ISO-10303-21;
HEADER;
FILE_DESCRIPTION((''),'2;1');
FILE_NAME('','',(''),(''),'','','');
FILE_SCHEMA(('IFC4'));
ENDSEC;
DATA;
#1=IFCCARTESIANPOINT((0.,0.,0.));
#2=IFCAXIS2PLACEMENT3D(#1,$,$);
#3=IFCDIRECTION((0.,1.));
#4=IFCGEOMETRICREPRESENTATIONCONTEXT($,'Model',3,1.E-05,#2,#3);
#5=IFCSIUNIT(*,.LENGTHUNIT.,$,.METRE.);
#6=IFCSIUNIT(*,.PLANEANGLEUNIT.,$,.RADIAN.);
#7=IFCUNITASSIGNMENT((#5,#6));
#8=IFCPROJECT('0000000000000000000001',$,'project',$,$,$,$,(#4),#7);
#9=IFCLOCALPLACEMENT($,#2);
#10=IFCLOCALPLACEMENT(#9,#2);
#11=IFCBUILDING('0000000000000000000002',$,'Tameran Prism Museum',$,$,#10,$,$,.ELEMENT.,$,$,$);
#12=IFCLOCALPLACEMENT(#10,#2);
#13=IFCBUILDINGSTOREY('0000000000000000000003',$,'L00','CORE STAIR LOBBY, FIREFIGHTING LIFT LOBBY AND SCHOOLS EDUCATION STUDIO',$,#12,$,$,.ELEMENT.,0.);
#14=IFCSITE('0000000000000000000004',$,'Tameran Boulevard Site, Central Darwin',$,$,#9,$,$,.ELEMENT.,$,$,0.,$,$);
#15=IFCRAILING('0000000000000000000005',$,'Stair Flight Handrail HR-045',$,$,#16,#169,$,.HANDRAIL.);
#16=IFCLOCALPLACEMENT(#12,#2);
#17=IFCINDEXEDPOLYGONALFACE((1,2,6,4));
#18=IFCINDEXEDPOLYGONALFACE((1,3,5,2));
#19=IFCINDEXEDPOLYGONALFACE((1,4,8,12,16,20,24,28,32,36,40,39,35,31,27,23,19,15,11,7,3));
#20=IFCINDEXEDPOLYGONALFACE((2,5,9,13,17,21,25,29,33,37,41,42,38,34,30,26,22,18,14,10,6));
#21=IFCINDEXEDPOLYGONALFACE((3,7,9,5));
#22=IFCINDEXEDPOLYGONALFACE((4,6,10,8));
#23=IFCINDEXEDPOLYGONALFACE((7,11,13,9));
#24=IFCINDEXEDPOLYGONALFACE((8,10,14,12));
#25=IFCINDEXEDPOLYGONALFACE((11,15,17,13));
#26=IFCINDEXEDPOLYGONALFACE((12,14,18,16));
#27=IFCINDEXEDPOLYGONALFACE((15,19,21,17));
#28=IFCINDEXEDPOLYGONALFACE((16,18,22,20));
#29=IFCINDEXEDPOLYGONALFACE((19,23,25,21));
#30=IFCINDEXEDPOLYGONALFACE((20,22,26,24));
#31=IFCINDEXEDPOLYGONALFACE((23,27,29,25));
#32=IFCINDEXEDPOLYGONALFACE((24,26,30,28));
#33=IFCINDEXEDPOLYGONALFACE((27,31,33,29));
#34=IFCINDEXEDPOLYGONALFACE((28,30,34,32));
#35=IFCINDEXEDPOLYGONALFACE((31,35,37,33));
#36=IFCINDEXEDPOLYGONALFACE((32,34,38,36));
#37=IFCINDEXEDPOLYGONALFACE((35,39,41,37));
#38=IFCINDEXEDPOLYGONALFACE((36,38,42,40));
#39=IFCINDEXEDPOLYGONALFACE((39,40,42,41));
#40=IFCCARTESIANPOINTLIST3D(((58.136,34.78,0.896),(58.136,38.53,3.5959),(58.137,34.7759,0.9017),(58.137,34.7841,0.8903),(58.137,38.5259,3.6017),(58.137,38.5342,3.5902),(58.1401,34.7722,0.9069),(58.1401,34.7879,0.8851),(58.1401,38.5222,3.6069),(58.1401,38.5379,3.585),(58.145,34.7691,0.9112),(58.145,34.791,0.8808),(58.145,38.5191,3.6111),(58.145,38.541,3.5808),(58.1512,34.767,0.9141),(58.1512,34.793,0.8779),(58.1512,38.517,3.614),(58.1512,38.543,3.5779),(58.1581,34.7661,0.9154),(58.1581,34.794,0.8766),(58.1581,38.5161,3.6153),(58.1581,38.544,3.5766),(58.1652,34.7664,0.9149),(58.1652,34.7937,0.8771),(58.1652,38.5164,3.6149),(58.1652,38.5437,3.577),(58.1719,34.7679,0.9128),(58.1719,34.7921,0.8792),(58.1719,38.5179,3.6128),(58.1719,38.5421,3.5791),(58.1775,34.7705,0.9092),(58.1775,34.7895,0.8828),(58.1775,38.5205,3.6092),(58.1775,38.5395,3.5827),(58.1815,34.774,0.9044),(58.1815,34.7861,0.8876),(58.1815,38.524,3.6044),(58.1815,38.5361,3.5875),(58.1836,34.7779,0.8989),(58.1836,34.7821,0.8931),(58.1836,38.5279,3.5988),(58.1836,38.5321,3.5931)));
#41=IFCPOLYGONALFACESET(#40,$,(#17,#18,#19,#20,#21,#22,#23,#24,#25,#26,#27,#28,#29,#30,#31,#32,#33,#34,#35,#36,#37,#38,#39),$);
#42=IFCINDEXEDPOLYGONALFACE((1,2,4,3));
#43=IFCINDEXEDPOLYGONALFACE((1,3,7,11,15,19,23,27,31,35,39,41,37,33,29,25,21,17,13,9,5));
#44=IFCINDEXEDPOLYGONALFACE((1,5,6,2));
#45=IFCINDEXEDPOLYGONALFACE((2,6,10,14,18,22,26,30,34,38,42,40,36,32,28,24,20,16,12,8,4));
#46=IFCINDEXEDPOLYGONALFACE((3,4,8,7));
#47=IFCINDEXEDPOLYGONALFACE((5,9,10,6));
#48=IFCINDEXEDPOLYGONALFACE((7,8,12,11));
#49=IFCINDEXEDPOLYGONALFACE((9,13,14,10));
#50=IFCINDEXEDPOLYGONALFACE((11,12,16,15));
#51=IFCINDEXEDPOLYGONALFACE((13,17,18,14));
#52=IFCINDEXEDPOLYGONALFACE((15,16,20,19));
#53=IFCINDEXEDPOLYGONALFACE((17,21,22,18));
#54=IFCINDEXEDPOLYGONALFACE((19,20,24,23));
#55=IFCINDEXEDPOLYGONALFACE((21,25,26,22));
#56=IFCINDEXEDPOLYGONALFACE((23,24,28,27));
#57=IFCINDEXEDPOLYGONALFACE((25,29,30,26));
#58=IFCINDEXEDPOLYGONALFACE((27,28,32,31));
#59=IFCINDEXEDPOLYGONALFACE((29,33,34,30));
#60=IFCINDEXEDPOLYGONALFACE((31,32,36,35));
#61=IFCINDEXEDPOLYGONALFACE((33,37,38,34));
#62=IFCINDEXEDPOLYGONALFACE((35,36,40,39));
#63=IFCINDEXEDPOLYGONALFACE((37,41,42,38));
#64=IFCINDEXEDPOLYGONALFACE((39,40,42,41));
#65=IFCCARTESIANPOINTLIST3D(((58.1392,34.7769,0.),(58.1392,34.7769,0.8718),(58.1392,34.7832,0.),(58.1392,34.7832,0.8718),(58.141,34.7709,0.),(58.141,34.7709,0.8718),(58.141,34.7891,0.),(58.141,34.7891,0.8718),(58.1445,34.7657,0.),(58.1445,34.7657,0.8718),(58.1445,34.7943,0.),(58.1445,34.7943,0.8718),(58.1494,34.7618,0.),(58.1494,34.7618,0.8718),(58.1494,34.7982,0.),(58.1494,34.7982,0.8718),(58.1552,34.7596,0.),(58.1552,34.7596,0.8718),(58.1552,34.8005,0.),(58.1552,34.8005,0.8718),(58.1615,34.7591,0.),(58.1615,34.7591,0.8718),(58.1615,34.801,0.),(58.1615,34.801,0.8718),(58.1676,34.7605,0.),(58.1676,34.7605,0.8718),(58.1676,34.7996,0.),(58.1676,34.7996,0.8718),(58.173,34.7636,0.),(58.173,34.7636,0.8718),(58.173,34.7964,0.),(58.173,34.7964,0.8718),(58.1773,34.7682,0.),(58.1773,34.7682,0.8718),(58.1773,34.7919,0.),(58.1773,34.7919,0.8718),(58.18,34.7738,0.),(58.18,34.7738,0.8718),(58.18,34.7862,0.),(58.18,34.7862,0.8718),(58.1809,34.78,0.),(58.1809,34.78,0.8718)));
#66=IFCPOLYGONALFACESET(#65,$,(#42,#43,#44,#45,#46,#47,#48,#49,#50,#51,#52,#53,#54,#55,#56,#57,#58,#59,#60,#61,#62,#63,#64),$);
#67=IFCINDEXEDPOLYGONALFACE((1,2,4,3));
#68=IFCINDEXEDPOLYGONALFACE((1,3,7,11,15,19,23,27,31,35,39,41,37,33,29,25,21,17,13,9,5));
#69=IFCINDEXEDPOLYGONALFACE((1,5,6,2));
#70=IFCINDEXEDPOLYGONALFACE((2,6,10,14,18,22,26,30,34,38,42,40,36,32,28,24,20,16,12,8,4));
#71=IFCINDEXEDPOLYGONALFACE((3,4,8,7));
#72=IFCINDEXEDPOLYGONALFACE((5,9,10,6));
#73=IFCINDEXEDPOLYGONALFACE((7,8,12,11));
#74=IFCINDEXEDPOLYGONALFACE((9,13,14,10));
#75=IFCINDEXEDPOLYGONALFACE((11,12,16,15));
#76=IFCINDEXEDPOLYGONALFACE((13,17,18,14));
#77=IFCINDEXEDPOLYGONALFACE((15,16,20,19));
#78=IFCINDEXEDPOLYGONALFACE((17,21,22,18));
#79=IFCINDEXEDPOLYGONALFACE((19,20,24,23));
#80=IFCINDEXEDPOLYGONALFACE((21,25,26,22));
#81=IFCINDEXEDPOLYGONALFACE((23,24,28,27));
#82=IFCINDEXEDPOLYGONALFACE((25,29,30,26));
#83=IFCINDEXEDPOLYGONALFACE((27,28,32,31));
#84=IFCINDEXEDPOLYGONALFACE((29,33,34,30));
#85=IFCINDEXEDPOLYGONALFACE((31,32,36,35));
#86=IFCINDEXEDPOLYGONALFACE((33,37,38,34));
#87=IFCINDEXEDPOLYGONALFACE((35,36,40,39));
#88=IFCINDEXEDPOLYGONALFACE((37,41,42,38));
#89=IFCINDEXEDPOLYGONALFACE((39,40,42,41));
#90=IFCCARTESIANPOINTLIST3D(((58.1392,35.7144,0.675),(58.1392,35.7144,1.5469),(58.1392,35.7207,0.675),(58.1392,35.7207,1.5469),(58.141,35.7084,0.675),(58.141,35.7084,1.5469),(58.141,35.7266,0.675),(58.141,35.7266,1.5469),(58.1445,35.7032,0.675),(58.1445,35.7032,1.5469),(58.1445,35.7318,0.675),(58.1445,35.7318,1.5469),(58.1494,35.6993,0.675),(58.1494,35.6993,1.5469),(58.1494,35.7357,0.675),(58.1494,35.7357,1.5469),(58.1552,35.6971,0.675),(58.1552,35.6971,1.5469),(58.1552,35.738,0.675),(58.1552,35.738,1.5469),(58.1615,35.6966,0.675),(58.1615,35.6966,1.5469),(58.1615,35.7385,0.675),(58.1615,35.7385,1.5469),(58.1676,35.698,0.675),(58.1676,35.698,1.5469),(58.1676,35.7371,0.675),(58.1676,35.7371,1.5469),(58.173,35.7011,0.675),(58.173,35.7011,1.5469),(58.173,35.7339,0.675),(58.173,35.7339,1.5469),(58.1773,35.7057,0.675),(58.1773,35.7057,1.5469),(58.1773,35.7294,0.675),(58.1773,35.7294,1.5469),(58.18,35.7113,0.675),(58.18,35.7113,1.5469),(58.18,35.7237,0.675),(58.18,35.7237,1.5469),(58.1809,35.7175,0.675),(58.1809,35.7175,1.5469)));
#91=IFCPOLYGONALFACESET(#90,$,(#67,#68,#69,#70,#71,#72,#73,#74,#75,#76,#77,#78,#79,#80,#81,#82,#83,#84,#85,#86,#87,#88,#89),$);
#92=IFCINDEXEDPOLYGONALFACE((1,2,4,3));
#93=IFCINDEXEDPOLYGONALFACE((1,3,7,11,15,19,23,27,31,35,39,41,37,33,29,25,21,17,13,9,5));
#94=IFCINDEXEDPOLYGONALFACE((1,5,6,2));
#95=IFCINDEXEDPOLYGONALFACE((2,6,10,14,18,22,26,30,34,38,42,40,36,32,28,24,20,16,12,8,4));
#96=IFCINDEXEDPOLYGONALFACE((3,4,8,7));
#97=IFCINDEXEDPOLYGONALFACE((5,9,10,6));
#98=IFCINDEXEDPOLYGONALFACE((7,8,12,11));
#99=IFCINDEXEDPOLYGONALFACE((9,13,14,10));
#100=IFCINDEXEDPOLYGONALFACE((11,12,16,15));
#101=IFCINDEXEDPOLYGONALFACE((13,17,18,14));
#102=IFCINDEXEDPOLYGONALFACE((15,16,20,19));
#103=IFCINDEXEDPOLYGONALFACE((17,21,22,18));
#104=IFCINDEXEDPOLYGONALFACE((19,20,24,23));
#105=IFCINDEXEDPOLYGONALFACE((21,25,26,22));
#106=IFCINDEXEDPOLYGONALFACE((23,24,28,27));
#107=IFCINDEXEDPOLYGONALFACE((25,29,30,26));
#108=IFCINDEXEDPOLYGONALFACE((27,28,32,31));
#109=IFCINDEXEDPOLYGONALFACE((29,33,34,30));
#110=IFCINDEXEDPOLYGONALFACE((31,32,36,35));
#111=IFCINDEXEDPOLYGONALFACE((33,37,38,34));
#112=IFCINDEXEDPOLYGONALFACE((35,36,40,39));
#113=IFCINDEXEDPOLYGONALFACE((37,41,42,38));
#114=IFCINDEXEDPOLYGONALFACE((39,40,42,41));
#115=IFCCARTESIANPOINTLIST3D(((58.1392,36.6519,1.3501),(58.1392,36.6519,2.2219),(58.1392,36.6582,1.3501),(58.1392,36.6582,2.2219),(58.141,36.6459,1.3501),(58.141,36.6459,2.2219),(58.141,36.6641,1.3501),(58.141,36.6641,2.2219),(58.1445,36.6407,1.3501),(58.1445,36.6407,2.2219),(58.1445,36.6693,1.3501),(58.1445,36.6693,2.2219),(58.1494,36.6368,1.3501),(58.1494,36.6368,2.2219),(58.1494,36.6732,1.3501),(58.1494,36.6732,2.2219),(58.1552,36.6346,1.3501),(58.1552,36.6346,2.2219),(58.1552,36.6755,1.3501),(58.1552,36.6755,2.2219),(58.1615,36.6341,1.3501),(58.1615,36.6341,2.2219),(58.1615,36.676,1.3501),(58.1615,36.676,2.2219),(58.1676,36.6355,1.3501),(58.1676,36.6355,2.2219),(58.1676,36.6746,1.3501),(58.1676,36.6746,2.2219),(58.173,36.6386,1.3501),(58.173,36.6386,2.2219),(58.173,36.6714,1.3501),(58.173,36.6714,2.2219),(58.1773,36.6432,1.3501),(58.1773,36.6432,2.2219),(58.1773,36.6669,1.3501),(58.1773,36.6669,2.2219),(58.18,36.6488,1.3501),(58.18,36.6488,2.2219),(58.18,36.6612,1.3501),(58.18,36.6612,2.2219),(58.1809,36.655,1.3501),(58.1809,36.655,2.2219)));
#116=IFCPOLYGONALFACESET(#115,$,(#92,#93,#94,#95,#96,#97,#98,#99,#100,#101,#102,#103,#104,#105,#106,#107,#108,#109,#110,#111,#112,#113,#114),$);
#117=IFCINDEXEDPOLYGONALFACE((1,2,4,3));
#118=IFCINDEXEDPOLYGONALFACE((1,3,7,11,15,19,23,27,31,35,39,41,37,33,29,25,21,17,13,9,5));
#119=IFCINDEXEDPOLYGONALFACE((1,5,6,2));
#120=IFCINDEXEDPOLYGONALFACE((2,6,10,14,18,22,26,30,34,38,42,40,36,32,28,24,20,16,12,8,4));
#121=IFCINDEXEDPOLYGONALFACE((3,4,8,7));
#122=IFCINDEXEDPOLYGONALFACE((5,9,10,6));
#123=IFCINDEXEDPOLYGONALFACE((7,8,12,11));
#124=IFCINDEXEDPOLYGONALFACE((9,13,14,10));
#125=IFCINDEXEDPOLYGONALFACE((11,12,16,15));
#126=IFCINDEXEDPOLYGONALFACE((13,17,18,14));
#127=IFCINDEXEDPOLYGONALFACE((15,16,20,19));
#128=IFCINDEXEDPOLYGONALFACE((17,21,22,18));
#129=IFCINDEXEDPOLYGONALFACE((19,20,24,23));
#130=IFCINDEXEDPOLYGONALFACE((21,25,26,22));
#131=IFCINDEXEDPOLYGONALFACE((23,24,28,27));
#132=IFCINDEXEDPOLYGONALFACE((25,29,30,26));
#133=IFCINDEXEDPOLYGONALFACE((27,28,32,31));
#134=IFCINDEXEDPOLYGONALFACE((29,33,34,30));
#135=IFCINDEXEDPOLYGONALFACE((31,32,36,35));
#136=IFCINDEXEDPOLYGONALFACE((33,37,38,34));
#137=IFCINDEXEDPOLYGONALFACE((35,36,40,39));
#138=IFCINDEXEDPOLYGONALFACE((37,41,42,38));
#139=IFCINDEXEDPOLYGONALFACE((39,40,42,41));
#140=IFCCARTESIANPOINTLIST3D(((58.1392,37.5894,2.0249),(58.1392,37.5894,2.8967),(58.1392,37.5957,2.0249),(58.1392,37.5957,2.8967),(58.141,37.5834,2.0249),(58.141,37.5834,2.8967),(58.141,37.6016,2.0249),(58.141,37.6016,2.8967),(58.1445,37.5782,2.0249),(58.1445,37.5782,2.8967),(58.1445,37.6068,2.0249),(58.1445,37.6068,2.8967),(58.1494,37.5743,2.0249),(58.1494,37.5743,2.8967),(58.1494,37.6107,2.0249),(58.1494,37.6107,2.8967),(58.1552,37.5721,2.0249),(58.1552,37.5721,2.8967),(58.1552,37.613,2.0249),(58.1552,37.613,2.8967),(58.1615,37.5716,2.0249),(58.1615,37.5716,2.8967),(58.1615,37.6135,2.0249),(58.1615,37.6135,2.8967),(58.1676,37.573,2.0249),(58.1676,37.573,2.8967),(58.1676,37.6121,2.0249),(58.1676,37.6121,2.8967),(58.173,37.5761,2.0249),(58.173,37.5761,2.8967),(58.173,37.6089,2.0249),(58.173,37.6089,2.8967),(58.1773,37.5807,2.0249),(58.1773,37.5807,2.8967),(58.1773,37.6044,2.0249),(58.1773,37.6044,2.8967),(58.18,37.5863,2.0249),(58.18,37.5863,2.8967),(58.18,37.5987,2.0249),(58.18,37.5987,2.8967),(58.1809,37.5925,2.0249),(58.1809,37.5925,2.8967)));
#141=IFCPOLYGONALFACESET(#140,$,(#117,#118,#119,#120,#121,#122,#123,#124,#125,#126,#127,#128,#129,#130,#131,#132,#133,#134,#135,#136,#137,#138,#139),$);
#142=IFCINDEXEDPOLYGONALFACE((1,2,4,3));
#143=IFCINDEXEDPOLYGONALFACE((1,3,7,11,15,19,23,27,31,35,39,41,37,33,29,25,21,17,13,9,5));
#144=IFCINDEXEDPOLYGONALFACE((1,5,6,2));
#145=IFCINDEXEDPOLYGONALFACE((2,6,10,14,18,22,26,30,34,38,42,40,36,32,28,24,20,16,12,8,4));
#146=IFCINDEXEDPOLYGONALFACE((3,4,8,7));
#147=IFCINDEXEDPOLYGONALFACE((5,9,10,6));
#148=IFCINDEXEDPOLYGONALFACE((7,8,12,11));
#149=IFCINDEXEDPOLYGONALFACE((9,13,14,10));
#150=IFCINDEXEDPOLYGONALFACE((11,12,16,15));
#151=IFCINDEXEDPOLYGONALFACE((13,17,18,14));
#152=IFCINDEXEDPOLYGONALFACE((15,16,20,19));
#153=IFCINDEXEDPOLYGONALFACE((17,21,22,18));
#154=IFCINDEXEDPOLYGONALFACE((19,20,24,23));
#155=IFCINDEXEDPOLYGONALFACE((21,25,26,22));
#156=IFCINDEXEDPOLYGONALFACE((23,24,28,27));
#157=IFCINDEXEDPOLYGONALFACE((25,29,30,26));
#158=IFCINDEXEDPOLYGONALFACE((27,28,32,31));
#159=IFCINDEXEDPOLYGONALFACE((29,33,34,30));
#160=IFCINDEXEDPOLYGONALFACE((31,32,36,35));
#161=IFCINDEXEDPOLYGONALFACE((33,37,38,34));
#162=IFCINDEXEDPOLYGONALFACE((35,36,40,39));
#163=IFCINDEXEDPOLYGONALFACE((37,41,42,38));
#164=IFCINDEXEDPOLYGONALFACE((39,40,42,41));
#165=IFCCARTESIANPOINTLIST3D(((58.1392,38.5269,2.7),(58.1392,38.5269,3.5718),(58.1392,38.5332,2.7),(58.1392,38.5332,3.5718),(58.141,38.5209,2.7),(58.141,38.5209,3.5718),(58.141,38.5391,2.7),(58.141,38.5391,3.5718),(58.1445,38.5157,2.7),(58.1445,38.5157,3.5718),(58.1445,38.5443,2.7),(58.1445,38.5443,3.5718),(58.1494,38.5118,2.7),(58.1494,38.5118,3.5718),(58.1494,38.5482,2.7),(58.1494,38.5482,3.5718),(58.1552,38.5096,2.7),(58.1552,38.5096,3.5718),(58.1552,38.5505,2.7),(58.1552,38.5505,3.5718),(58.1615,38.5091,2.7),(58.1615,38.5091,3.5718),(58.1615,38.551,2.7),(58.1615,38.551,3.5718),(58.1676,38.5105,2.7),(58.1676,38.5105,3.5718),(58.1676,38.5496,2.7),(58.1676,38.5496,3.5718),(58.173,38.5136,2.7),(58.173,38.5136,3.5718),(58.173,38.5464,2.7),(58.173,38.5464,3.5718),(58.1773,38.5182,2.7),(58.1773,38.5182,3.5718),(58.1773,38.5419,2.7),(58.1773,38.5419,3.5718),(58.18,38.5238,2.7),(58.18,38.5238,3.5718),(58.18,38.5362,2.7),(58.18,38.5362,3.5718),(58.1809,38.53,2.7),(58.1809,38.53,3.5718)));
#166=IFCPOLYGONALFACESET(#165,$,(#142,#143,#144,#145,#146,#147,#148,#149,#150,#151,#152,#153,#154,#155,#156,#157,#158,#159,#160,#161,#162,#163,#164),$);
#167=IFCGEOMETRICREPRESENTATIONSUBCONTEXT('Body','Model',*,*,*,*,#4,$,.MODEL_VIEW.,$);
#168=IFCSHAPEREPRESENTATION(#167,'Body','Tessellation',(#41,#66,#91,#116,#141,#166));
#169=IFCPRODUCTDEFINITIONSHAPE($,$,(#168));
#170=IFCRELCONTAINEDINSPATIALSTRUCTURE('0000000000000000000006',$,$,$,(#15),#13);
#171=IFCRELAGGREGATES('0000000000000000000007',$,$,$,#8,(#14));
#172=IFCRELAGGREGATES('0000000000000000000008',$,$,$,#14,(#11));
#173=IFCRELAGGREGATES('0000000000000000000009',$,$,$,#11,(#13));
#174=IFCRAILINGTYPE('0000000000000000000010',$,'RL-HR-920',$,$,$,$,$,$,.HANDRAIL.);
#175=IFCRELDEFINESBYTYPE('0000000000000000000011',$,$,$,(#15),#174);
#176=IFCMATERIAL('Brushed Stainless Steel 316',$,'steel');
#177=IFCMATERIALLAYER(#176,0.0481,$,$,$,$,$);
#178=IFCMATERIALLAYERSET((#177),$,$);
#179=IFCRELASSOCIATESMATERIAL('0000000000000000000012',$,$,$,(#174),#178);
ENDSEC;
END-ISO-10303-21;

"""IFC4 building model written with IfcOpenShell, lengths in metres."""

from ifc_helpers import new_model, si_unit, direction, frame, origin, origin_2d, place, context, subcontext, project, spatial, circle, extrude, material, layer, layer_set, type_object, element, save


model = new_model("IFC4")

# Units and contexts
model_context = context("Model", 3, precision=1e-05, world=origin(), true_north=direction((0.0, 1.0)))
body_context = subcontext(model_context, "Body", "Model", "MODEL_VIEW")
ifc_project = project(units=[si_unit("LENGTHUNIT", "METRE"), si_unit("PLANEANGLEUNIT", "RADIAN")], contexts=[model_context])

# Site, building, storey
site_placement = place(None, origin())
site = spatial("IfcSite", under=ifc_project, at=site_placement, Name="Tameran Boulevard Site, Central Darwin", CompositionType="ELEMENT", RefElevation=0.0)
building_placement = place(site_placement, origin())
building = spatial("IfcBuilding", under=site, at=building_placement, Name="Tameran Prism Museum", CompositionType="ELEMENT")
storey_placement = place(building_placement, origin())
storey = spatial("IfcBuildingStorey", under=building, at=storey_placement, Name="L00", Description="CORE STAIR LOBBY, FIREFIGHTING LIFT LOBBY AND SCHOOLS EDUCATION STUDIO", CompositionType="ELEMENT", Elevation=0.0)

# Railing
ifc_material_1 = material(Name="Brushed Stainless Steel 316", Category="steel")
ifc_layer_1 = layer(ifc_material_1, 0.0481)
ifc_layer_set_1 = layer_set([ifc_layer_1])
railing_type_1 = type_object("IfcRailingType", Name="RL-HR-920", PredefinedType="HANDRAIL", material=ifc_layer_set_1)
railing_1_placement = place(storey_placement, frame((58.1599, 34.78, 0.0)))
element("IfcRailing", 1, at=railing_1_placement, inside=storey, type_object=railing_type_1, Name="Stair Flight Handrail HR-045", PredefinedType="HANDRAIL", context=body_context, shape_type="SweptSolid", body=[
    extrude(circle(Radius=0.0239, at=origin_2d()), frame((0.0, 0.0, 0.896), z_axis=(0.0, 0.811539, 0.584298), x_axis=(-1.0, 0.0, 0.0)), (0.0, 0.0, 1.0), 4.6208),
    extrude(circle(Radius=0.021, at=origin_2d()), origin(), (0.0, 0.0, 1.0), 0.8718),
    extrude(circle(Radius=0.021, at=origin_2d()), frame((0.0, 0.9375, 0.675)), (0.0, 0.0, 1.0), 0.8718),
    extrude(circle(Radius=0.021, at=origin_2d()), frame((0.0, 1.875, 1.3501)), (0.0, 0.0, 1.0), 0.8718),
    extrude(circle(Radius=0.021, at=origin_2d()), frame((0.0, 2.8125, 2.0249)), (0.0, 0.0, 1.0), 0.8718),
    extrude(circle(Radius=0.021, at=origin_2d()), frame((0.0, 3.75, 2.7)), (0.0, 0.0, 1.0), 0.8718),
])

save(model, "model.ifc")
